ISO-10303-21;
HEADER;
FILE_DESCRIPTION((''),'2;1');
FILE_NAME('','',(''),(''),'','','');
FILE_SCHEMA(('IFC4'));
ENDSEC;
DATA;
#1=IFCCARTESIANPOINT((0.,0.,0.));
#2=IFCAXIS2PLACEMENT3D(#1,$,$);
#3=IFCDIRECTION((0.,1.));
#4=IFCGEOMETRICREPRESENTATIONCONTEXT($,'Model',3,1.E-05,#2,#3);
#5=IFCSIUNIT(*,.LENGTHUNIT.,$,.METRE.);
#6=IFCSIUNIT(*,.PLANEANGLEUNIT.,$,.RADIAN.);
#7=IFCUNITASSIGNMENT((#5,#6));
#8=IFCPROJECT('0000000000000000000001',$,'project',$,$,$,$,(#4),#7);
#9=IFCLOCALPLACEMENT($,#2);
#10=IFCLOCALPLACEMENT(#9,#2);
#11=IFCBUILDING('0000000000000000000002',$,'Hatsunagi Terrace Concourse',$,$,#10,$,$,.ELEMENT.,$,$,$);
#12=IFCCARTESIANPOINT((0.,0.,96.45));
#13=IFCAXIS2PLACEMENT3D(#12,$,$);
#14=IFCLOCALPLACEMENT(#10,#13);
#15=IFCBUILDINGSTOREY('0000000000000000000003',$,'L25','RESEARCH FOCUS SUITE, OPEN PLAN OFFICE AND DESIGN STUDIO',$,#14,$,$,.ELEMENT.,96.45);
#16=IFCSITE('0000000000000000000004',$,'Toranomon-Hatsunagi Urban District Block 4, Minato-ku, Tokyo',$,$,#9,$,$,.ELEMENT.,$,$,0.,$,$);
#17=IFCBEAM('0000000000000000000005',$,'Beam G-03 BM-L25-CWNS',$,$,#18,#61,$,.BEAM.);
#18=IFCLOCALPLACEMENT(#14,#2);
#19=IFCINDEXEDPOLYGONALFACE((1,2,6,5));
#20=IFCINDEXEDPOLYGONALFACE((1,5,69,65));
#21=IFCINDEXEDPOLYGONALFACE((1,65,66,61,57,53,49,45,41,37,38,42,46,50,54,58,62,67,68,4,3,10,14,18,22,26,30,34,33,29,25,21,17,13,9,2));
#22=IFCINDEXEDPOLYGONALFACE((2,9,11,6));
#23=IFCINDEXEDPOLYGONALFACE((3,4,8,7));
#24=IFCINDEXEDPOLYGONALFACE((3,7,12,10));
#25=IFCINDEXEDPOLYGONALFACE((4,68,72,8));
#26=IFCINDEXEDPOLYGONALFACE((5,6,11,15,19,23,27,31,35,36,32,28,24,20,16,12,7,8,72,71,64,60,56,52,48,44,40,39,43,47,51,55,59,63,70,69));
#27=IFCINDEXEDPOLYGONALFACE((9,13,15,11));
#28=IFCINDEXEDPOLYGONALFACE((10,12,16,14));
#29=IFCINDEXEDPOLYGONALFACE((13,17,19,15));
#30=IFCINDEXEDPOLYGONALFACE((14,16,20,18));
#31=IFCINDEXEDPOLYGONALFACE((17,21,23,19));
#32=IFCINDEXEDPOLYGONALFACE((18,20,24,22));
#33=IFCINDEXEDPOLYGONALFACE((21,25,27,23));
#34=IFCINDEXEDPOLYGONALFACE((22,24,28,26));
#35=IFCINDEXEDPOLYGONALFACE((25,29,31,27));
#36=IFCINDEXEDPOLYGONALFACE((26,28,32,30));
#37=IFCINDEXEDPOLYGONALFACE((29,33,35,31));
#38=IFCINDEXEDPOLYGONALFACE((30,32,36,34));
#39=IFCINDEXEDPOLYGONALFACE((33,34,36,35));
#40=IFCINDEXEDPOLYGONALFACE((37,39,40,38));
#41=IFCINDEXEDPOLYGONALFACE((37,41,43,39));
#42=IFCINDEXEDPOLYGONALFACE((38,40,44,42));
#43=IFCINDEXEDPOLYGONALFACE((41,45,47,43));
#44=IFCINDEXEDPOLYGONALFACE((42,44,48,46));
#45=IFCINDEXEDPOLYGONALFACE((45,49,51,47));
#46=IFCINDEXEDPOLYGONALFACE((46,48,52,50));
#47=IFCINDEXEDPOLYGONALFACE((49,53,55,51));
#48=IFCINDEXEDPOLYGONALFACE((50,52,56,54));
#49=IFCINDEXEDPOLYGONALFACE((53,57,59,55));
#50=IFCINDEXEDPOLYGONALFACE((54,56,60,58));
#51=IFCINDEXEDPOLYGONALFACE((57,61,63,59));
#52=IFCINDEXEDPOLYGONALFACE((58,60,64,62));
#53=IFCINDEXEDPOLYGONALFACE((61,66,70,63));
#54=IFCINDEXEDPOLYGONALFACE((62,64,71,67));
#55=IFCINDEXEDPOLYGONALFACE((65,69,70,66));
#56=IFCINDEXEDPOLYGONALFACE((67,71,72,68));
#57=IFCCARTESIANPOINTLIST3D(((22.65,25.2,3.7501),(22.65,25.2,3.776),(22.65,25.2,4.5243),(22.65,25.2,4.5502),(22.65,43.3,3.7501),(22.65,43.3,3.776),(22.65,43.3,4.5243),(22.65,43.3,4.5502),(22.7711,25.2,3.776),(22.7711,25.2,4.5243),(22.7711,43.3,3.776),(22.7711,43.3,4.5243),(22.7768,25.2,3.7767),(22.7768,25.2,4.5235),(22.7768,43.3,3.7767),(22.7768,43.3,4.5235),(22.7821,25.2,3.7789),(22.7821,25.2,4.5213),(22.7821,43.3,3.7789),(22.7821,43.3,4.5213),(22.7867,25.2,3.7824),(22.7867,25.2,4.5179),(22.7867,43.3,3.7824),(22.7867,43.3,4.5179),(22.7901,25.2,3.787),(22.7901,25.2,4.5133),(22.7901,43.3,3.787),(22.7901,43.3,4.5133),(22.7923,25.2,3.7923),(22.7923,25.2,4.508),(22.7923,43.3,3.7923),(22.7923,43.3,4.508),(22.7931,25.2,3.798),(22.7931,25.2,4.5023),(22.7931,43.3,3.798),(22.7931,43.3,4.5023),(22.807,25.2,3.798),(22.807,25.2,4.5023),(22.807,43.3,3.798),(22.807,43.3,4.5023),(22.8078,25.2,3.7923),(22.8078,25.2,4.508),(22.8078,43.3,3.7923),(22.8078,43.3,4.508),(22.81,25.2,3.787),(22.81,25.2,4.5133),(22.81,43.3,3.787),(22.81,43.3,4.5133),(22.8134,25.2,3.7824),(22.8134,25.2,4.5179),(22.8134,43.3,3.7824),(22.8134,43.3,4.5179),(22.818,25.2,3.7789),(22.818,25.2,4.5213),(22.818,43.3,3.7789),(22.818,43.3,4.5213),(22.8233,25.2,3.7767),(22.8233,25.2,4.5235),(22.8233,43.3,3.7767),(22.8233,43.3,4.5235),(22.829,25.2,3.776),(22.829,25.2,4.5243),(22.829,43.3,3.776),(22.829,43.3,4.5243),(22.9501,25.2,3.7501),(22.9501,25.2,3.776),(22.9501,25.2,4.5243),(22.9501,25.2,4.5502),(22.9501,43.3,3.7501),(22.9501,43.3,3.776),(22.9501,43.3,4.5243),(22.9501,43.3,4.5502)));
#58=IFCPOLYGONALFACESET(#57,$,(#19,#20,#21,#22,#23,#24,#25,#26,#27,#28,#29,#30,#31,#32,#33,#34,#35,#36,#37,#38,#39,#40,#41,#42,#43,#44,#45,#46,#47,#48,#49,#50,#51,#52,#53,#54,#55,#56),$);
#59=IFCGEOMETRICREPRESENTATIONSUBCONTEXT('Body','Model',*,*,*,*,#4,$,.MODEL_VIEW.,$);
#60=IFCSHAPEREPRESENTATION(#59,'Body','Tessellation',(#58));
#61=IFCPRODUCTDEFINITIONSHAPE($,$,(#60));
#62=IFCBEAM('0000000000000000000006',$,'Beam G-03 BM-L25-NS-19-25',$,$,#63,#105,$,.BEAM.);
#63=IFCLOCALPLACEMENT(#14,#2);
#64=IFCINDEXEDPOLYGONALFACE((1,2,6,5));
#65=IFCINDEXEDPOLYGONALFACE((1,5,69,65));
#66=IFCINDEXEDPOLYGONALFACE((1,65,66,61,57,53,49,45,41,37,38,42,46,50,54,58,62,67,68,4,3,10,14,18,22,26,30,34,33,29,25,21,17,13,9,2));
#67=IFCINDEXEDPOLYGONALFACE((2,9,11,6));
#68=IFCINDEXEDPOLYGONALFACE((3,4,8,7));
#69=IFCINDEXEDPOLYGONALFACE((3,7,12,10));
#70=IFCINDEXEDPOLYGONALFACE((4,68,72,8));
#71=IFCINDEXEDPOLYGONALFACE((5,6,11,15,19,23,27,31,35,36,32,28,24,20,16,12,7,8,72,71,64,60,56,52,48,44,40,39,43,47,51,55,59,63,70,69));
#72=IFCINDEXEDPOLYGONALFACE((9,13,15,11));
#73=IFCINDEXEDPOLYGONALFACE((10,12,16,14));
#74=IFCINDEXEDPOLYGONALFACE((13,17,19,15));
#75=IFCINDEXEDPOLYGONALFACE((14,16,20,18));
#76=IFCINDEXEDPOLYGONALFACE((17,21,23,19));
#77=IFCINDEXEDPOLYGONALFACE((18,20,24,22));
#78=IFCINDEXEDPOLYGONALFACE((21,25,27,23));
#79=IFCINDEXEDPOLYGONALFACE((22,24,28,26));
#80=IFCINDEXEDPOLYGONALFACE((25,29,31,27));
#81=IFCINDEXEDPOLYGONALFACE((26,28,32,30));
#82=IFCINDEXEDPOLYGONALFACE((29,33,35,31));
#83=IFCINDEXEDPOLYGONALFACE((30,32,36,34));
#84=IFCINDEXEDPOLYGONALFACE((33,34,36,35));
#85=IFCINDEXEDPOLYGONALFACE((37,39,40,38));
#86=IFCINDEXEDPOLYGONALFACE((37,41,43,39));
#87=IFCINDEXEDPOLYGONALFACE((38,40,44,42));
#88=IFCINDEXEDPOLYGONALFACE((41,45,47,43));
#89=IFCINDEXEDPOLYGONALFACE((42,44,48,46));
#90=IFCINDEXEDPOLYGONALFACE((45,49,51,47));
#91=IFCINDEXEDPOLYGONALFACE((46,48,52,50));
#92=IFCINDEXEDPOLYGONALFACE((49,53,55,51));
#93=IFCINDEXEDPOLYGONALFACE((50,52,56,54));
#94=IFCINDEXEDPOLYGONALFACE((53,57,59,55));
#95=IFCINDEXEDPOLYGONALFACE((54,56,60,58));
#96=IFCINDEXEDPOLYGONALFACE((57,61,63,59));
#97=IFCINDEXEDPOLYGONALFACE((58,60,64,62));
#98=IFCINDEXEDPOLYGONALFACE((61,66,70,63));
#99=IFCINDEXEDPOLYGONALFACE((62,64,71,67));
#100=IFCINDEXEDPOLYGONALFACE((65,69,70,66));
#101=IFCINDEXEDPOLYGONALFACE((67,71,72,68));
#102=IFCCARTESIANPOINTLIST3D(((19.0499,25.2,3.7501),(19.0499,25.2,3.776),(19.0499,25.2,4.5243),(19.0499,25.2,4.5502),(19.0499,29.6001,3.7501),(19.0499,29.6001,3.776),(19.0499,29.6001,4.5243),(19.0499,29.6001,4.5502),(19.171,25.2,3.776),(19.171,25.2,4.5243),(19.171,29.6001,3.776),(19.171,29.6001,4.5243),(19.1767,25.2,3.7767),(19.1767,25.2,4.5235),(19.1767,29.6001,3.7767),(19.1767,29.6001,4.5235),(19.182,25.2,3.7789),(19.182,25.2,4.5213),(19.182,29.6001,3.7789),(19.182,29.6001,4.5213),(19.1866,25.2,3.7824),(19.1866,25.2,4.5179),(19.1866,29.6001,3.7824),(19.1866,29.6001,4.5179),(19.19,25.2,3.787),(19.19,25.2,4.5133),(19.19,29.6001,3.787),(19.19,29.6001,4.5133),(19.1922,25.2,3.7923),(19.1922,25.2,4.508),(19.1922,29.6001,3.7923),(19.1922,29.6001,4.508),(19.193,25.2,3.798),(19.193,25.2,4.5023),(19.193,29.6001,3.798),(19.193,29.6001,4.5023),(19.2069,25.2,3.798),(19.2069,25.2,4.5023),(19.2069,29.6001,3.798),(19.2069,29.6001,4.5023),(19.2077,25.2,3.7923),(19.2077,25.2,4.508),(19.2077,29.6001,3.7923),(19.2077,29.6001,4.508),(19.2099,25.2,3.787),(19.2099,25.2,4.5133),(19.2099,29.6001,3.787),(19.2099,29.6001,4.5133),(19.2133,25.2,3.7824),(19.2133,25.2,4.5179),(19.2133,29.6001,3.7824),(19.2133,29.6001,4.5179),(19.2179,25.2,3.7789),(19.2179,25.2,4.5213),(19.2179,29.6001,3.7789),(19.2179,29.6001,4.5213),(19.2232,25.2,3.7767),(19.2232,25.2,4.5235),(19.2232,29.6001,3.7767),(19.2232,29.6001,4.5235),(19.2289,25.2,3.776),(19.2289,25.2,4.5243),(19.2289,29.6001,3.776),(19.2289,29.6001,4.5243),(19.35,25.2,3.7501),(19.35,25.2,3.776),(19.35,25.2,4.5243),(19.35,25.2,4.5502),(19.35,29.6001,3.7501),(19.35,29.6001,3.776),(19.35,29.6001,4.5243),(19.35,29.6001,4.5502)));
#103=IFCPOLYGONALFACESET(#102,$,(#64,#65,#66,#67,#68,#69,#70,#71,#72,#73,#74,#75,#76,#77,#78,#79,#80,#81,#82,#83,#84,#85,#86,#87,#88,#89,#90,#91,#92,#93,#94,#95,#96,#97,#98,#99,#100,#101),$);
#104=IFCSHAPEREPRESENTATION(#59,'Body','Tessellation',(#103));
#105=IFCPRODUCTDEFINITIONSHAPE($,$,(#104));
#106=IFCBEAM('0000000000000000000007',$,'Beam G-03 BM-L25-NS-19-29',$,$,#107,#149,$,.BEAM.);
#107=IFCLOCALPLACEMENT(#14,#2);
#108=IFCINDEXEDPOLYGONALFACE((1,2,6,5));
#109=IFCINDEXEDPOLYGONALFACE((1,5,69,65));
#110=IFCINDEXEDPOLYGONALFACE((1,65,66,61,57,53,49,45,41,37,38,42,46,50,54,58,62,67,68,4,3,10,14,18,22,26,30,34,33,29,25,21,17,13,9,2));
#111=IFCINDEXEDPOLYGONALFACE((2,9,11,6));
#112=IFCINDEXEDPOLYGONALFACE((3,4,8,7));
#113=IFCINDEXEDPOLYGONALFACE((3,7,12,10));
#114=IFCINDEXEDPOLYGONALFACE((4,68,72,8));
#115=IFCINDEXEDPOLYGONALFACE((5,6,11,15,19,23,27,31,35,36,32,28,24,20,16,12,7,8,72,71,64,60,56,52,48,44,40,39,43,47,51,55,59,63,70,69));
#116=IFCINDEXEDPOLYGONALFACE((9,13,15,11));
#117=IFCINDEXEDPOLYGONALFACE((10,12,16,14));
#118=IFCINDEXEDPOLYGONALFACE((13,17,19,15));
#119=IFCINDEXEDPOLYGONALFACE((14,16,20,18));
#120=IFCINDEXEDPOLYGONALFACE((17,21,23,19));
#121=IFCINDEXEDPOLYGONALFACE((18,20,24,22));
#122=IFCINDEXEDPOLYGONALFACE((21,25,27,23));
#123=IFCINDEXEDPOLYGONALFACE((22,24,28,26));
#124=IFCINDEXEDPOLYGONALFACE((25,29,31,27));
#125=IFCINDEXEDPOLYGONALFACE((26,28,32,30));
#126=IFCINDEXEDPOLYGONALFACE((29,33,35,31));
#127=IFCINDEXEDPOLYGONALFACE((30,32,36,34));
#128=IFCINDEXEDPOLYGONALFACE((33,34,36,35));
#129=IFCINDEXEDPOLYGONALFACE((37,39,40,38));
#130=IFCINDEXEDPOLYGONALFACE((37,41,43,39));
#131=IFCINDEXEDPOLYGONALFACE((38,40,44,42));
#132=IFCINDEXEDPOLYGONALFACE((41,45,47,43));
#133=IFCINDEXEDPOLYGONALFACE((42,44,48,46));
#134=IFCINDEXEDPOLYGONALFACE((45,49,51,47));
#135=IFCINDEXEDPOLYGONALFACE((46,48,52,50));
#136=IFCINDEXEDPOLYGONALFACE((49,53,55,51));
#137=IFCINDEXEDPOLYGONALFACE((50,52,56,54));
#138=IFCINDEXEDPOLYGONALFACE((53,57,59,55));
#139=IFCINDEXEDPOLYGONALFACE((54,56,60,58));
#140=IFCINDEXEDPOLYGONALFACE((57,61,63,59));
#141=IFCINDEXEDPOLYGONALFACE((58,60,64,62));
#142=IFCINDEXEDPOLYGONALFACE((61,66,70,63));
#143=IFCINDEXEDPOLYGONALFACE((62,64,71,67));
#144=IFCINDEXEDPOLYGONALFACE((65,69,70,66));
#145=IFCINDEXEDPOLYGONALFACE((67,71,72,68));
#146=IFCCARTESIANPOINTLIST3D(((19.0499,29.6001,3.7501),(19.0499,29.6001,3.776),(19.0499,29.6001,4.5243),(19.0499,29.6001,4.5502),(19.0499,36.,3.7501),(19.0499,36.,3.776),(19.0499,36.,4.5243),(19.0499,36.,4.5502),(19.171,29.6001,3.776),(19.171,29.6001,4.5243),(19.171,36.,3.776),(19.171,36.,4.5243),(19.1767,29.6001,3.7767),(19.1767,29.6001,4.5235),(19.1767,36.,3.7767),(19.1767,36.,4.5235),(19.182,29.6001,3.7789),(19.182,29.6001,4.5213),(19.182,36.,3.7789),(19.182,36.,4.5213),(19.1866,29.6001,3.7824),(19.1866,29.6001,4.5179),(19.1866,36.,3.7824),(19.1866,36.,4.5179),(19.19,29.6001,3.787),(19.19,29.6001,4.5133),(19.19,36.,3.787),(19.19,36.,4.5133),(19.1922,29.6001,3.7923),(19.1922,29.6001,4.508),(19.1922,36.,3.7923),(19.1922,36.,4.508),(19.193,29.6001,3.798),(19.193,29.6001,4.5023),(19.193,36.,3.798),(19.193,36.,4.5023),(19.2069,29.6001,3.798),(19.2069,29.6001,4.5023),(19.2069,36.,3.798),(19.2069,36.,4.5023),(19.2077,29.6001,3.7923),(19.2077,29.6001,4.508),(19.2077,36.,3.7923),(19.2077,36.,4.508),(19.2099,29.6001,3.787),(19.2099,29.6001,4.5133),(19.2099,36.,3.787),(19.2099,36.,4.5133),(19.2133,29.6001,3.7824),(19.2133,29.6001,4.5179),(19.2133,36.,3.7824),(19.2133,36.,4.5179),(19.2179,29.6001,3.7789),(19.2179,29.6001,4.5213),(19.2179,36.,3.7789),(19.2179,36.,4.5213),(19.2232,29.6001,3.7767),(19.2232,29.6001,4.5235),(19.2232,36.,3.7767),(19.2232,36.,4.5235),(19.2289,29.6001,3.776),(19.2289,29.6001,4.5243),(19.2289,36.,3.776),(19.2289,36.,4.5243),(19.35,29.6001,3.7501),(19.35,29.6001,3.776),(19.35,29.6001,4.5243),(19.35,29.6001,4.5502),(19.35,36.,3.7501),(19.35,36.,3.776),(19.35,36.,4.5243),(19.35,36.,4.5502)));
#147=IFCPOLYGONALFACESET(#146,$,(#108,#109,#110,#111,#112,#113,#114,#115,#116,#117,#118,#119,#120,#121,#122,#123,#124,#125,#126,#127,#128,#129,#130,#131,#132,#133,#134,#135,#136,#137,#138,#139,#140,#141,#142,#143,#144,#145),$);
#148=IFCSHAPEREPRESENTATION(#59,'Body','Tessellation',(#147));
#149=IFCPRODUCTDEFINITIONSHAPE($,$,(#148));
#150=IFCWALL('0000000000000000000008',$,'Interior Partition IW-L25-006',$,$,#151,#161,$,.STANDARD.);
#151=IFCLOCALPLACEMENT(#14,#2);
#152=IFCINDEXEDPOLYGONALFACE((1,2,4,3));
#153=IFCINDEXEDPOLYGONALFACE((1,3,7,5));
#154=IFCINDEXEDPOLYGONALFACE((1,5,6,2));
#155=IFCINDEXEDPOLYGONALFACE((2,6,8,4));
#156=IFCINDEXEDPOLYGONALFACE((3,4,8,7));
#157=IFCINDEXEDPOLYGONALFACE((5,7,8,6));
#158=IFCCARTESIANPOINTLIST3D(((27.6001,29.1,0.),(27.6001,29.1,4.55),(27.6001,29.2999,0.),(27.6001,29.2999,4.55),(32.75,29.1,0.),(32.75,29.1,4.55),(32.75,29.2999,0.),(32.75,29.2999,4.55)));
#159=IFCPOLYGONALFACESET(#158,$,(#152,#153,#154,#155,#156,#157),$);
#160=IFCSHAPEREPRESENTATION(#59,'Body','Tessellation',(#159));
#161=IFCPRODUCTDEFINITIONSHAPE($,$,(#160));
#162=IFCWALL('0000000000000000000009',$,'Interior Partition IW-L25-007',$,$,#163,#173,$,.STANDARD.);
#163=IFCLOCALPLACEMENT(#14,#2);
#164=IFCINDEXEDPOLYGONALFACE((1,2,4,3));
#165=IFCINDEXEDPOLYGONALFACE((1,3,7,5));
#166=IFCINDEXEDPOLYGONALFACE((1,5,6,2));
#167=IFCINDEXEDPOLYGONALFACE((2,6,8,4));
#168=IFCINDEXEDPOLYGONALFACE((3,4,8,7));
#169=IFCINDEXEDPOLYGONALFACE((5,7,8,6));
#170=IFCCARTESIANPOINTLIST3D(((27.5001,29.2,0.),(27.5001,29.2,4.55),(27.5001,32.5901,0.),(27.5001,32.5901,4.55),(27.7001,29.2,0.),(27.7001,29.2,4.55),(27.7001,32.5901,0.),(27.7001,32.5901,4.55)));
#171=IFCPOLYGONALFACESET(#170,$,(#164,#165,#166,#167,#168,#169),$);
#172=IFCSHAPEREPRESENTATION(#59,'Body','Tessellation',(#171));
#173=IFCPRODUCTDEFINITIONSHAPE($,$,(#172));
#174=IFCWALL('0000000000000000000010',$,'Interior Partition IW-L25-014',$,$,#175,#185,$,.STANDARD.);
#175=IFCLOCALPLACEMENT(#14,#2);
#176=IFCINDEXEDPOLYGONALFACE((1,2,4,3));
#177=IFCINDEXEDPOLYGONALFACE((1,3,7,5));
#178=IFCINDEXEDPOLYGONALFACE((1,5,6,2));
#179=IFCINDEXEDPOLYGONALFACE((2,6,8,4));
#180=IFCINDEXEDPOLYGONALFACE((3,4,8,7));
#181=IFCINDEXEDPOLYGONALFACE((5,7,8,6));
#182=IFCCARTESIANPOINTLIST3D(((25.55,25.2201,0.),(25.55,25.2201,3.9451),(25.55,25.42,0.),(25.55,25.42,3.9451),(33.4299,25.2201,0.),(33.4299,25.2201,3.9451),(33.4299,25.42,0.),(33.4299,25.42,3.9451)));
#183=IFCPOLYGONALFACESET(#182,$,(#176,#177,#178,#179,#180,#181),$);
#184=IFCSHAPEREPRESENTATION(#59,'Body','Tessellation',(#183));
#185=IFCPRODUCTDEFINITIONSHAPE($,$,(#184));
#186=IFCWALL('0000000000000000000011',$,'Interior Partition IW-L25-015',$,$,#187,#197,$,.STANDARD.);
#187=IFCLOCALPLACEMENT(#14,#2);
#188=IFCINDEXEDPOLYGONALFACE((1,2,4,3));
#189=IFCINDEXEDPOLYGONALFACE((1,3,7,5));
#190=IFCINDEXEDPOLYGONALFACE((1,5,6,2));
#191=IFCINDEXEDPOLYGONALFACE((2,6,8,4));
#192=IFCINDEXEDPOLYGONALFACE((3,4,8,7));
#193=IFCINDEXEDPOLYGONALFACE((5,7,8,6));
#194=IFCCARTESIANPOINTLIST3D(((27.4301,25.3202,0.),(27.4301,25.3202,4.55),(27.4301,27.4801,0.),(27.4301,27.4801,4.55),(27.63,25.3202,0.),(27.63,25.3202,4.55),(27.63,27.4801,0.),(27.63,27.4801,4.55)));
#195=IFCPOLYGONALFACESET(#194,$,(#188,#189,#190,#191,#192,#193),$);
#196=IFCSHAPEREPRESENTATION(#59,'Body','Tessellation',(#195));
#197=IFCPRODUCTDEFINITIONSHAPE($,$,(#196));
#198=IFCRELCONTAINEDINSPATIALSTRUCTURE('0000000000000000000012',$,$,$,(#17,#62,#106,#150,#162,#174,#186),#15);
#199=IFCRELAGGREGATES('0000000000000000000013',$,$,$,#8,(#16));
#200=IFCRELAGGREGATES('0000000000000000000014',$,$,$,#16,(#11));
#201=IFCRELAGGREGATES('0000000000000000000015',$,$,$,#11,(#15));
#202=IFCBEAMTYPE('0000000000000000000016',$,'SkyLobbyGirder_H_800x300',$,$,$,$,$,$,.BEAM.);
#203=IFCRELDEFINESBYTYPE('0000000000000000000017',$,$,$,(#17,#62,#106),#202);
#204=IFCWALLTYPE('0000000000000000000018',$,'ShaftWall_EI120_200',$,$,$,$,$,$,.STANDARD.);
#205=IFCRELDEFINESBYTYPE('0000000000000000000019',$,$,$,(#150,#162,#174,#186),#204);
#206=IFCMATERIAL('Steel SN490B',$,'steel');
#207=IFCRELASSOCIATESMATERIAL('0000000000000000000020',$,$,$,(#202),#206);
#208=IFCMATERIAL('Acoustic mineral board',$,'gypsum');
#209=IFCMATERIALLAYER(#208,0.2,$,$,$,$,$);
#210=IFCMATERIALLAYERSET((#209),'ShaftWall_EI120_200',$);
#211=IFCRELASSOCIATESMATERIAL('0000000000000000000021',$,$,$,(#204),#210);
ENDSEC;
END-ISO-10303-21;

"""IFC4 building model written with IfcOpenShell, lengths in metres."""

from ifc_helpers import new_model, si_unit, direction, frame, frame_2d, origin, origin_2d, place, context, subcontext, project, spatial, rectangle, i_section, extrude, material, layer, layer_set, material_profile, profile_set, type_object, element, save


model = new_model("IFC4")

# Units and contexts
model_context = context("Model", 3, precision=1e-05, world=origin(), true_north=direction((0.0, 1.0)))
body_context = subcontext(model_context, "Body", "Model", "MODEL_VIEW")
ifc_project = project(units=[si_unit("LENGTHUNIT", "METRE"), si_unit("PLANEANGLEUNIT", "RADIAN")], contexts=[model_context])

# Site, building, storey
site_placement = place(None, origin())
site = spatial("IfcSite", under=ifc_project, at=site_placement, Name="Toranomon-Hatsunagi Urban District Block 4, Minato-ku, Tokyo", CompositionType="ELEMENT", RefElevation=0.0)
building_placement = place(site_placement, origin())
building = spatial("IfcBuilding", under=site, at=building_placement, Name="Hatsunagi Terrace Concourse", CompositionType="ELEMENT")
storey_placement = place(building_placement, frame((0.0, 0.0, 96.45)))
storey = spatial("IfcBuildingStorey", under=building, at=storey_placement, Name="L25", Description="RESEARCH FOCUS SUITE, OPEN PLAN OFFICE AND DESIGN STUDIO", CompositionType="ELEMENT", Elevation=96.45)

# Beams
ifc_material_1 = material(Name="Steel SN490B", Category="steel")
ifc_material_profile_1 = material_profile(ifc_material_1, i_section(OverallWidth=0.3, OverallDepth=0.8, WebThickness=0.0139, FlangeThickness=0.0259, FilletRadius=0.022, at=origin_2d()), Name="H-800x300x14x26")
ifc_profile_set_1 = profile_set([ifc_material_profile_1], Name="Steel SN490B")
beam_type_1 = type_object("IfcBeamType", Name="SkyLobbyGirder_H_800x300", PredefinedType="BEAM", material=ifc_profile_set_1)
beam_1_placement = place(storey_placement, frame((22.8, 25.2, 4.1501), z_axis=(0.0, 1.0, 0.0), x_axis=(-1.0, 0.0, 0.0)))
element("IfcBeam", 1, at=beam_1_placement, inside=storey, type_object=beam_type_1, Name="Beam G-03 BM-L25-CWNS", PredefinedType="BEAM", context=body_context, shape_type="SweptSolid", body=[
    extrude(i_section(OverallWidth=0.3, OverallDepth=0.8, WebThickness=0.0139, FlangeThickness=0.0259, FilletRadius=0.022, at=origin_2d()), origin(), (0.0, 0.0, 1.0), 18.1001),
])
beam_2_placement = place(storey_placement, frame((19.2, 25.2, 4.1501), z_axis=(0.0, 1.0, 0.0), x_axis=(-1.0, 0.0, 0.0)))
element("IfcBeam", 2, at=beam_2_placement, inside=storey, type_object=beam_type_1, Name="Beam G-03 BM-L25-NS-19-25", PredefinedType="BEAM", context=body_context, shape_type="SweptSolid", body=[
    extrude(i_section(OverallWidth=0.3, OverallDepth=0.8, WebThickness=0.0139, FlangeThickness=0.0259, FilletRadius=0.022, at=origin_2d()), origin(), (0.0, 0.0, 1.0), 4.4001),
])
beam_3_placement = place(storey_placement, frame((19.2, 29.6001, 4.1501), z_axis=(0.0, 1.0, 0.0), x_axis=(-1.0, 0.0, 0.0)))
element("IfcBeam", 3, at=beam_3_placement, inside=storey, type_object=beam_type_1, Name="Beam G-03 BM-L25-NS-19-29", PredefinedType="BEAM", context=body_context, shape_type="SweptSolid", body=[
    extrude(i_section(OverallWidth=0.3, OverallDepth=0.8, WebThickness=0.0139, FlangeThickness=0.0259, FilletRadius=0.022, at=origin_2d()), origin(), (0.0, 0.0, 1.0), 6.3999),
])

# Walls
ifc_material_2 = material(Name="Acoustic mineral board", Category="gypsum")
ifc_layer_1 = layer(ifc_material_2, 0.2)
ifc_layer_set_1 = layer_set([ifc_layer_1], Name="ShaftWall_EI120_200")
wall_type_1 = type_object("IfcWallType", Name="ShaftWall_EI120_200", PredefinedType="STANDARD", material=ifc_layer_set_1)
wall_1_placement = place(storey_placement, frame((27.6001, 29.2, 0.0), z_axis=(0.0, 0.0, 1.0), x_axis=(1.0, 0.0, 0.0)))
element("IfcWall", 4, at=wall_1_placement, inside=storey, type_object=wall_type_1, Name="Interior Partition IW-L25-006", PredefinedType="STANDARD", context=body_context, shape_type="SweptSolid", body=[
    extrude(rectangle(XDim=5.1499, YDim=0.2, at=frame_2d((2.575, 0.0))), origin(), (0.0, 0.0, 1.0), 4.55),
])
wall_2_placement = place(storey_placement, frame((27.6001, 29.2, 0.0), z_axis=(0.0, 0.0, 1.0), x_axis=(0.0, 1.0, 0.0)))
element("IfcWall", 5, at=wall_2_placement, inside=storey, type_object=wall_type_1, Name="Interior Partition IW-L25-007", PredefinedType="STANDARD", context=body_context, shape_type="SweptSolid", body=[
    extrude(rectangle(XDim=3.3901, YDim=0.2, at=frame_2d((1.6951, 0.0))), origin(), (0.0, 0.0, 1.0), 4.55),
])
wall_3_placement = place(storey_placement, frame((25.55, 25.3201, 0.0), z_axis=(0.0, 0.0, 1.0), x_axis=(1.0, 0.0, 0.0)))
element("IfcWall", 6, at=wall_3_placement, inside=storey, type_object=wall_type_1, Name="Interior Partition IW-L25-014", PredefinedType="STANDARD", context=body_context, shape_type="SweptSolid", body=[
    extrude(rectangle(XDim=7.8799, YDim=0.2, at=frame_2d((3.9399, 0.0))), origin(), (0.0, 0.0, 1.0), 3.9451),
])
for number, where, z_axis, x_axis, name in (
    (7, (27.53, 25.3201, 0.0), (0.0, 0.0, 1.0), (0.0, 1.0, 0.0), "Interior Partition IW-L25-015"),
):
    element("IfcWall", number, at=place(storey_placement, frame(where, z_axis=z_axis, x_axis=x_axis)), inside=storey, type_object=wall_type_1, Name=name, PredefinedType="STANDARD", context=body_context, shape_type="SweptSolid", body=[
        extrude(rectangle(XDim=2.1599, YDim=0.2, at=frame_2d((1.0801, 0.0))), origin(), (0.0, 0.0, 1.0), 4.55),
    ])

save(model, "model.ifc")
